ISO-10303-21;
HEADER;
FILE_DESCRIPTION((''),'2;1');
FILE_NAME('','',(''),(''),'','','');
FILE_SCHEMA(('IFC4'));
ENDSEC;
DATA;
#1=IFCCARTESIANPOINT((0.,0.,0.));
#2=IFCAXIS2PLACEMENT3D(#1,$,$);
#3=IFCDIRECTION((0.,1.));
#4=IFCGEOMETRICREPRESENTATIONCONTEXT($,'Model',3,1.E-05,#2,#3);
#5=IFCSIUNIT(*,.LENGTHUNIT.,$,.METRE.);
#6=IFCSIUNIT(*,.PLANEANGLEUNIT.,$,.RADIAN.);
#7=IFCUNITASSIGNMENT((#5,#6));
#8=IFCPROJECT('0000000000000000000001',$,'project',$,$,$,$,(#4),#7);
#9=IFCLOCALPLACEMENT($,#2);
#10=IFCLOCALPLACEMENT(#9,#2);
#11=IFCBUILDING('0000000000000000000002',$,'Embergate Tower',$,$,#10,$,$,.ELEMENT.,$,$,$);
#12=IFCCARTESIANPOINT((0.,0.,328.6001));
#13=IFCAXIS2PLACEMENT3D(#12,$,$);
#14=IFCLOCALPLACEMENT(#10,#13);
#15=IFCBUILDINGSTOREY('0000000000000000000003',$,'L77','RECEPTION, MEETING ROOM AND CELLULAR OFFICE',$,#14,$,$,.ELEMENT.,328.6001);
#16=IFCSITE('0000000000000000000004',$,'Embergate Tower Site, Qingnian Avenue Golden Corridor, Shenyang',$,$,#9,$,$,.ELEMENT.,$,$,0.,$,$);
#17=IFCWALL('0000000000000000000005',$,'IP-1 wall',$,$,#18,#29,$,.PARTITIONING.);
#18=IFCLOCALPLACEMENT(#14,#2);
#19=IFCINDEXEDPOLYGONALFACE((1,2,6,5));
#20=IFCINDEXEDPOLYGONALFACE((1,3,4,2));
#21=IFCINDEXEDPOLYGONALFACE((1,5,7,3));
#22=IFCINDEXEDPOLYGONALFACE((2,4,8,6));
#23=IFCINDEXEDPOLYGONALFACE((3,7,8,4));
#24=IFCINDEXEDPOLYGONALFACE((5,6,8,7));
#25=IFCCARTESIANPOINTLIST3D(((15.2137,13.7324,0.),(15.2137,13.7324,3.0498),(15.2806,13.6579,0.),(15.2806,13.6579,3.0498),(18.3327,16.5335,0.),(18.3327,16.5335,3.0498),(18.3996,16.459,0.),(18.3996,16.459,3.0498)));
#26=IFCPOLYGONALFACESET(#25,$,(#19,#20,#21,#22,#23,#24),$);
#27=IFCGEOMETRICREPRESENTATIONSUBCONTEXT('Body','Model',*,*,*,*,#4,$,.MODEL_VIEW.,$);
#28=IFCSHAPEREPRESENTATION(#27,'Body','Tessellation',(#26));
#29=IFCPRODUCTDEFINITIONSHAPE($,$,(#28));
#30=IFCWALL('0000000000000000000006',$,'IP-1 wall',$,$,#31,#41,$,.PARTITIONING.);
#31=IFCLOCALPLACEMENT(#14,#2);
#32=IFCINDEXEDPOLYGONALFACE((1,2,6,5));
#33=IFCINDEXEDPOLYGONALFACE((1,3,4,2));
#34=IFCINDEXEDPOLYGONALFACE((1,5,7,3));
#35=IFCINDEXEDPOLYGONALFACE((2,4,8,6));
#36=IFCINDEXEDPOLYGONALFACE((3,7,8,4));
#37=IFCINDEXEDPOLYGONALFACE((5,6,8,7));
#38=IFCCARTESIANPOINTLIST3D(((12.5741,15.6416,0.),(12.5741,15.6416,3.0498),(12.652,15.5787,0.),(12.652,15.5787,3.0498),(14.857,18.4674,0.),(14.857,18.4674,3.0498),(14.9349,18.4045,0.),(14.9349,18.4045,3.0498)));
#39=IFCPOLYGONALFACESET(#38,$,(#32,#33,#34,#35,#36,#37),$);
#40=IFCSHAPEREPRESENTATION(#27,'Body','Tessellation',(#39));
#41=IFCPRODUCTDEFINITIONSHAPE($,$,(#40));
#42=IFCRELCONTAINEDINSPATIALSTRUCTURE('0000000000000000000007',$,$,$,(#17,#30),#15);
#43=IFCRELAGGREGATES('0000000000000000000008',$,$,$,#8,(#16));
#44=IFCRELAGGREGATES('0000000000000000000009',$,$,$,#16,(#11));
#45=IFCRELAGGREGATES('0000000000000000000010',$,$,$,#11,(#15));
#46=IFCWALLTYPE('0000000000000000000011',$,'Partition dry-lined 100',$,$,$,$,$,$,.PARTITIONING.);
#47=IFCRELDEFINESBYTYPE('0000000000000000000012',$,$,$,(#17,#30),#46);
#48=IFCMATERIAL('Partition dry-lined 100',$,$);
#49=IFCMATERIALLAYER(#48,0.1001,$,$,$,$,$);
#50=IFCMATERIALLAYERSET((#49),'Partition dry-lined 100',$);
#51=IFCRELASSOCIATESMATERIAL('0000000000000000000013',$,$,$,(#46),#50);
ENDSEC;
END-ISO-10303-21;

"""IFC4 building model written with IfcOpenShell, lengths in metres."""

from ifc_helpers import new_model, si_unit, direction, frame, frame_2d, origin, place, context, subcontext, project, spatial, rectangle, extrude, source, transform, mapped, material, layer, layer_set, type_object, element, save


model = new_model("IFC4")

# Units and contexts
model_context = context("Model", 3, precision=1e-05, world=origin(), true_north=direction((0.0, 1.0)))
body_context = subcontext(model_context, "Body", "Model", "MODEL_VIEW")
ifc_project = project(units=[si_unit("LENGTHUNIT", "METRE"), si_unit("PLANEANGLEUNIT", "RADIAN")], contexts=[model_context])

# Site, building, storey
site_placement = place(None, origin())
site = spatial("IfcSite", under=ifc_project, at=site_placement, Name="Embergate Tower Site, Qingnian Avenue Golden Corridor, Shenyang", CompositionType="ELEMENT", RefElevation=0.0)
building_placement = place(site_placement, origin())
building = spatial("IfcBuilding", under=site, at=building_placement, Name="Embergate Tower", CompositionType="ELEMENT")
storey_placement = place(building_placement, frame((0.0, 0.0, 328.6001)))
storey = spatial("IfcBuildingStorey", under=building, at=storey_placement, Name="L77", Description="RECEPTION, MEETING ROOM AND CELLULAR OFFICE", CompositionType="ELEMENT", Elevation=328.6001)

# Walls
ifc_material_1 = material(Name="Partition dry-lined 100")
ifc_layer_1 = layer(ifc_material_1, 0.1001)
ifc_layer_set_1 = layer_set([ifc_layer_1], Name="Partition dry-lined 100")
wall_type = type_object("IfcWallType", Name="Partition dry-lined 100", PredefinedType="PARTITIONING", material=ifc_layer_set_1)
shared_shape_1 = source(origin(), body_context, "Body", "SweptSolid", [
    extrude(rectangle(XDim=4.1921, YDim=0.1001, at=frame_2d((2.0962, 0.0))), origin(), (0.0, 0.0, 1.0), 3.0498),
])
wall_1_placement = place(storey_placement, frame((15.2471, 13.6951, 0.0), z_axis=(0.0, 0.0, 1.0), x_axis=(0.744003, 0.668176, 0.0)))
element("IfcWall", 1, at=wall_1_placement, inside=storey, type_object=wall_type, Name="IP-1 wall", PredefinedType="PARTITIONING", context=body_context, shape_type="MappedRepresentation", body=[
    mapped(shared_shape_1, transform((0.0, 0.0, 0.0))),
])
shared_shape_2 = source(origin(), body_context, "Body", "SweptSolid", [
    extrude(rectangle(XDim=3.6328, YDim=0.1001, at=frame_2d((1.8164, 0.0))), origin(), (0.0, 0.0, 1.0), 3.0498),
])
wall_2_placement = place(storey_placement, frame((12.613, 15.6101, 0.0), z_axis=(0.0, 0.0, 1.0), x_axis=(0.628417, 0.777877, 0.0)))
element("IfcWall", 2, at=wall_2_placement, inside=storey, type_object=wall_type, Name="IP-1 wall", PredefinedType="PARTITIONING", context=body_context, shape_type="MappedRepresentation", body=[
    mapped(shared_shape_2, transform((0.0, 0.0, 0.0))),
])

save(model, "model.ifc")
